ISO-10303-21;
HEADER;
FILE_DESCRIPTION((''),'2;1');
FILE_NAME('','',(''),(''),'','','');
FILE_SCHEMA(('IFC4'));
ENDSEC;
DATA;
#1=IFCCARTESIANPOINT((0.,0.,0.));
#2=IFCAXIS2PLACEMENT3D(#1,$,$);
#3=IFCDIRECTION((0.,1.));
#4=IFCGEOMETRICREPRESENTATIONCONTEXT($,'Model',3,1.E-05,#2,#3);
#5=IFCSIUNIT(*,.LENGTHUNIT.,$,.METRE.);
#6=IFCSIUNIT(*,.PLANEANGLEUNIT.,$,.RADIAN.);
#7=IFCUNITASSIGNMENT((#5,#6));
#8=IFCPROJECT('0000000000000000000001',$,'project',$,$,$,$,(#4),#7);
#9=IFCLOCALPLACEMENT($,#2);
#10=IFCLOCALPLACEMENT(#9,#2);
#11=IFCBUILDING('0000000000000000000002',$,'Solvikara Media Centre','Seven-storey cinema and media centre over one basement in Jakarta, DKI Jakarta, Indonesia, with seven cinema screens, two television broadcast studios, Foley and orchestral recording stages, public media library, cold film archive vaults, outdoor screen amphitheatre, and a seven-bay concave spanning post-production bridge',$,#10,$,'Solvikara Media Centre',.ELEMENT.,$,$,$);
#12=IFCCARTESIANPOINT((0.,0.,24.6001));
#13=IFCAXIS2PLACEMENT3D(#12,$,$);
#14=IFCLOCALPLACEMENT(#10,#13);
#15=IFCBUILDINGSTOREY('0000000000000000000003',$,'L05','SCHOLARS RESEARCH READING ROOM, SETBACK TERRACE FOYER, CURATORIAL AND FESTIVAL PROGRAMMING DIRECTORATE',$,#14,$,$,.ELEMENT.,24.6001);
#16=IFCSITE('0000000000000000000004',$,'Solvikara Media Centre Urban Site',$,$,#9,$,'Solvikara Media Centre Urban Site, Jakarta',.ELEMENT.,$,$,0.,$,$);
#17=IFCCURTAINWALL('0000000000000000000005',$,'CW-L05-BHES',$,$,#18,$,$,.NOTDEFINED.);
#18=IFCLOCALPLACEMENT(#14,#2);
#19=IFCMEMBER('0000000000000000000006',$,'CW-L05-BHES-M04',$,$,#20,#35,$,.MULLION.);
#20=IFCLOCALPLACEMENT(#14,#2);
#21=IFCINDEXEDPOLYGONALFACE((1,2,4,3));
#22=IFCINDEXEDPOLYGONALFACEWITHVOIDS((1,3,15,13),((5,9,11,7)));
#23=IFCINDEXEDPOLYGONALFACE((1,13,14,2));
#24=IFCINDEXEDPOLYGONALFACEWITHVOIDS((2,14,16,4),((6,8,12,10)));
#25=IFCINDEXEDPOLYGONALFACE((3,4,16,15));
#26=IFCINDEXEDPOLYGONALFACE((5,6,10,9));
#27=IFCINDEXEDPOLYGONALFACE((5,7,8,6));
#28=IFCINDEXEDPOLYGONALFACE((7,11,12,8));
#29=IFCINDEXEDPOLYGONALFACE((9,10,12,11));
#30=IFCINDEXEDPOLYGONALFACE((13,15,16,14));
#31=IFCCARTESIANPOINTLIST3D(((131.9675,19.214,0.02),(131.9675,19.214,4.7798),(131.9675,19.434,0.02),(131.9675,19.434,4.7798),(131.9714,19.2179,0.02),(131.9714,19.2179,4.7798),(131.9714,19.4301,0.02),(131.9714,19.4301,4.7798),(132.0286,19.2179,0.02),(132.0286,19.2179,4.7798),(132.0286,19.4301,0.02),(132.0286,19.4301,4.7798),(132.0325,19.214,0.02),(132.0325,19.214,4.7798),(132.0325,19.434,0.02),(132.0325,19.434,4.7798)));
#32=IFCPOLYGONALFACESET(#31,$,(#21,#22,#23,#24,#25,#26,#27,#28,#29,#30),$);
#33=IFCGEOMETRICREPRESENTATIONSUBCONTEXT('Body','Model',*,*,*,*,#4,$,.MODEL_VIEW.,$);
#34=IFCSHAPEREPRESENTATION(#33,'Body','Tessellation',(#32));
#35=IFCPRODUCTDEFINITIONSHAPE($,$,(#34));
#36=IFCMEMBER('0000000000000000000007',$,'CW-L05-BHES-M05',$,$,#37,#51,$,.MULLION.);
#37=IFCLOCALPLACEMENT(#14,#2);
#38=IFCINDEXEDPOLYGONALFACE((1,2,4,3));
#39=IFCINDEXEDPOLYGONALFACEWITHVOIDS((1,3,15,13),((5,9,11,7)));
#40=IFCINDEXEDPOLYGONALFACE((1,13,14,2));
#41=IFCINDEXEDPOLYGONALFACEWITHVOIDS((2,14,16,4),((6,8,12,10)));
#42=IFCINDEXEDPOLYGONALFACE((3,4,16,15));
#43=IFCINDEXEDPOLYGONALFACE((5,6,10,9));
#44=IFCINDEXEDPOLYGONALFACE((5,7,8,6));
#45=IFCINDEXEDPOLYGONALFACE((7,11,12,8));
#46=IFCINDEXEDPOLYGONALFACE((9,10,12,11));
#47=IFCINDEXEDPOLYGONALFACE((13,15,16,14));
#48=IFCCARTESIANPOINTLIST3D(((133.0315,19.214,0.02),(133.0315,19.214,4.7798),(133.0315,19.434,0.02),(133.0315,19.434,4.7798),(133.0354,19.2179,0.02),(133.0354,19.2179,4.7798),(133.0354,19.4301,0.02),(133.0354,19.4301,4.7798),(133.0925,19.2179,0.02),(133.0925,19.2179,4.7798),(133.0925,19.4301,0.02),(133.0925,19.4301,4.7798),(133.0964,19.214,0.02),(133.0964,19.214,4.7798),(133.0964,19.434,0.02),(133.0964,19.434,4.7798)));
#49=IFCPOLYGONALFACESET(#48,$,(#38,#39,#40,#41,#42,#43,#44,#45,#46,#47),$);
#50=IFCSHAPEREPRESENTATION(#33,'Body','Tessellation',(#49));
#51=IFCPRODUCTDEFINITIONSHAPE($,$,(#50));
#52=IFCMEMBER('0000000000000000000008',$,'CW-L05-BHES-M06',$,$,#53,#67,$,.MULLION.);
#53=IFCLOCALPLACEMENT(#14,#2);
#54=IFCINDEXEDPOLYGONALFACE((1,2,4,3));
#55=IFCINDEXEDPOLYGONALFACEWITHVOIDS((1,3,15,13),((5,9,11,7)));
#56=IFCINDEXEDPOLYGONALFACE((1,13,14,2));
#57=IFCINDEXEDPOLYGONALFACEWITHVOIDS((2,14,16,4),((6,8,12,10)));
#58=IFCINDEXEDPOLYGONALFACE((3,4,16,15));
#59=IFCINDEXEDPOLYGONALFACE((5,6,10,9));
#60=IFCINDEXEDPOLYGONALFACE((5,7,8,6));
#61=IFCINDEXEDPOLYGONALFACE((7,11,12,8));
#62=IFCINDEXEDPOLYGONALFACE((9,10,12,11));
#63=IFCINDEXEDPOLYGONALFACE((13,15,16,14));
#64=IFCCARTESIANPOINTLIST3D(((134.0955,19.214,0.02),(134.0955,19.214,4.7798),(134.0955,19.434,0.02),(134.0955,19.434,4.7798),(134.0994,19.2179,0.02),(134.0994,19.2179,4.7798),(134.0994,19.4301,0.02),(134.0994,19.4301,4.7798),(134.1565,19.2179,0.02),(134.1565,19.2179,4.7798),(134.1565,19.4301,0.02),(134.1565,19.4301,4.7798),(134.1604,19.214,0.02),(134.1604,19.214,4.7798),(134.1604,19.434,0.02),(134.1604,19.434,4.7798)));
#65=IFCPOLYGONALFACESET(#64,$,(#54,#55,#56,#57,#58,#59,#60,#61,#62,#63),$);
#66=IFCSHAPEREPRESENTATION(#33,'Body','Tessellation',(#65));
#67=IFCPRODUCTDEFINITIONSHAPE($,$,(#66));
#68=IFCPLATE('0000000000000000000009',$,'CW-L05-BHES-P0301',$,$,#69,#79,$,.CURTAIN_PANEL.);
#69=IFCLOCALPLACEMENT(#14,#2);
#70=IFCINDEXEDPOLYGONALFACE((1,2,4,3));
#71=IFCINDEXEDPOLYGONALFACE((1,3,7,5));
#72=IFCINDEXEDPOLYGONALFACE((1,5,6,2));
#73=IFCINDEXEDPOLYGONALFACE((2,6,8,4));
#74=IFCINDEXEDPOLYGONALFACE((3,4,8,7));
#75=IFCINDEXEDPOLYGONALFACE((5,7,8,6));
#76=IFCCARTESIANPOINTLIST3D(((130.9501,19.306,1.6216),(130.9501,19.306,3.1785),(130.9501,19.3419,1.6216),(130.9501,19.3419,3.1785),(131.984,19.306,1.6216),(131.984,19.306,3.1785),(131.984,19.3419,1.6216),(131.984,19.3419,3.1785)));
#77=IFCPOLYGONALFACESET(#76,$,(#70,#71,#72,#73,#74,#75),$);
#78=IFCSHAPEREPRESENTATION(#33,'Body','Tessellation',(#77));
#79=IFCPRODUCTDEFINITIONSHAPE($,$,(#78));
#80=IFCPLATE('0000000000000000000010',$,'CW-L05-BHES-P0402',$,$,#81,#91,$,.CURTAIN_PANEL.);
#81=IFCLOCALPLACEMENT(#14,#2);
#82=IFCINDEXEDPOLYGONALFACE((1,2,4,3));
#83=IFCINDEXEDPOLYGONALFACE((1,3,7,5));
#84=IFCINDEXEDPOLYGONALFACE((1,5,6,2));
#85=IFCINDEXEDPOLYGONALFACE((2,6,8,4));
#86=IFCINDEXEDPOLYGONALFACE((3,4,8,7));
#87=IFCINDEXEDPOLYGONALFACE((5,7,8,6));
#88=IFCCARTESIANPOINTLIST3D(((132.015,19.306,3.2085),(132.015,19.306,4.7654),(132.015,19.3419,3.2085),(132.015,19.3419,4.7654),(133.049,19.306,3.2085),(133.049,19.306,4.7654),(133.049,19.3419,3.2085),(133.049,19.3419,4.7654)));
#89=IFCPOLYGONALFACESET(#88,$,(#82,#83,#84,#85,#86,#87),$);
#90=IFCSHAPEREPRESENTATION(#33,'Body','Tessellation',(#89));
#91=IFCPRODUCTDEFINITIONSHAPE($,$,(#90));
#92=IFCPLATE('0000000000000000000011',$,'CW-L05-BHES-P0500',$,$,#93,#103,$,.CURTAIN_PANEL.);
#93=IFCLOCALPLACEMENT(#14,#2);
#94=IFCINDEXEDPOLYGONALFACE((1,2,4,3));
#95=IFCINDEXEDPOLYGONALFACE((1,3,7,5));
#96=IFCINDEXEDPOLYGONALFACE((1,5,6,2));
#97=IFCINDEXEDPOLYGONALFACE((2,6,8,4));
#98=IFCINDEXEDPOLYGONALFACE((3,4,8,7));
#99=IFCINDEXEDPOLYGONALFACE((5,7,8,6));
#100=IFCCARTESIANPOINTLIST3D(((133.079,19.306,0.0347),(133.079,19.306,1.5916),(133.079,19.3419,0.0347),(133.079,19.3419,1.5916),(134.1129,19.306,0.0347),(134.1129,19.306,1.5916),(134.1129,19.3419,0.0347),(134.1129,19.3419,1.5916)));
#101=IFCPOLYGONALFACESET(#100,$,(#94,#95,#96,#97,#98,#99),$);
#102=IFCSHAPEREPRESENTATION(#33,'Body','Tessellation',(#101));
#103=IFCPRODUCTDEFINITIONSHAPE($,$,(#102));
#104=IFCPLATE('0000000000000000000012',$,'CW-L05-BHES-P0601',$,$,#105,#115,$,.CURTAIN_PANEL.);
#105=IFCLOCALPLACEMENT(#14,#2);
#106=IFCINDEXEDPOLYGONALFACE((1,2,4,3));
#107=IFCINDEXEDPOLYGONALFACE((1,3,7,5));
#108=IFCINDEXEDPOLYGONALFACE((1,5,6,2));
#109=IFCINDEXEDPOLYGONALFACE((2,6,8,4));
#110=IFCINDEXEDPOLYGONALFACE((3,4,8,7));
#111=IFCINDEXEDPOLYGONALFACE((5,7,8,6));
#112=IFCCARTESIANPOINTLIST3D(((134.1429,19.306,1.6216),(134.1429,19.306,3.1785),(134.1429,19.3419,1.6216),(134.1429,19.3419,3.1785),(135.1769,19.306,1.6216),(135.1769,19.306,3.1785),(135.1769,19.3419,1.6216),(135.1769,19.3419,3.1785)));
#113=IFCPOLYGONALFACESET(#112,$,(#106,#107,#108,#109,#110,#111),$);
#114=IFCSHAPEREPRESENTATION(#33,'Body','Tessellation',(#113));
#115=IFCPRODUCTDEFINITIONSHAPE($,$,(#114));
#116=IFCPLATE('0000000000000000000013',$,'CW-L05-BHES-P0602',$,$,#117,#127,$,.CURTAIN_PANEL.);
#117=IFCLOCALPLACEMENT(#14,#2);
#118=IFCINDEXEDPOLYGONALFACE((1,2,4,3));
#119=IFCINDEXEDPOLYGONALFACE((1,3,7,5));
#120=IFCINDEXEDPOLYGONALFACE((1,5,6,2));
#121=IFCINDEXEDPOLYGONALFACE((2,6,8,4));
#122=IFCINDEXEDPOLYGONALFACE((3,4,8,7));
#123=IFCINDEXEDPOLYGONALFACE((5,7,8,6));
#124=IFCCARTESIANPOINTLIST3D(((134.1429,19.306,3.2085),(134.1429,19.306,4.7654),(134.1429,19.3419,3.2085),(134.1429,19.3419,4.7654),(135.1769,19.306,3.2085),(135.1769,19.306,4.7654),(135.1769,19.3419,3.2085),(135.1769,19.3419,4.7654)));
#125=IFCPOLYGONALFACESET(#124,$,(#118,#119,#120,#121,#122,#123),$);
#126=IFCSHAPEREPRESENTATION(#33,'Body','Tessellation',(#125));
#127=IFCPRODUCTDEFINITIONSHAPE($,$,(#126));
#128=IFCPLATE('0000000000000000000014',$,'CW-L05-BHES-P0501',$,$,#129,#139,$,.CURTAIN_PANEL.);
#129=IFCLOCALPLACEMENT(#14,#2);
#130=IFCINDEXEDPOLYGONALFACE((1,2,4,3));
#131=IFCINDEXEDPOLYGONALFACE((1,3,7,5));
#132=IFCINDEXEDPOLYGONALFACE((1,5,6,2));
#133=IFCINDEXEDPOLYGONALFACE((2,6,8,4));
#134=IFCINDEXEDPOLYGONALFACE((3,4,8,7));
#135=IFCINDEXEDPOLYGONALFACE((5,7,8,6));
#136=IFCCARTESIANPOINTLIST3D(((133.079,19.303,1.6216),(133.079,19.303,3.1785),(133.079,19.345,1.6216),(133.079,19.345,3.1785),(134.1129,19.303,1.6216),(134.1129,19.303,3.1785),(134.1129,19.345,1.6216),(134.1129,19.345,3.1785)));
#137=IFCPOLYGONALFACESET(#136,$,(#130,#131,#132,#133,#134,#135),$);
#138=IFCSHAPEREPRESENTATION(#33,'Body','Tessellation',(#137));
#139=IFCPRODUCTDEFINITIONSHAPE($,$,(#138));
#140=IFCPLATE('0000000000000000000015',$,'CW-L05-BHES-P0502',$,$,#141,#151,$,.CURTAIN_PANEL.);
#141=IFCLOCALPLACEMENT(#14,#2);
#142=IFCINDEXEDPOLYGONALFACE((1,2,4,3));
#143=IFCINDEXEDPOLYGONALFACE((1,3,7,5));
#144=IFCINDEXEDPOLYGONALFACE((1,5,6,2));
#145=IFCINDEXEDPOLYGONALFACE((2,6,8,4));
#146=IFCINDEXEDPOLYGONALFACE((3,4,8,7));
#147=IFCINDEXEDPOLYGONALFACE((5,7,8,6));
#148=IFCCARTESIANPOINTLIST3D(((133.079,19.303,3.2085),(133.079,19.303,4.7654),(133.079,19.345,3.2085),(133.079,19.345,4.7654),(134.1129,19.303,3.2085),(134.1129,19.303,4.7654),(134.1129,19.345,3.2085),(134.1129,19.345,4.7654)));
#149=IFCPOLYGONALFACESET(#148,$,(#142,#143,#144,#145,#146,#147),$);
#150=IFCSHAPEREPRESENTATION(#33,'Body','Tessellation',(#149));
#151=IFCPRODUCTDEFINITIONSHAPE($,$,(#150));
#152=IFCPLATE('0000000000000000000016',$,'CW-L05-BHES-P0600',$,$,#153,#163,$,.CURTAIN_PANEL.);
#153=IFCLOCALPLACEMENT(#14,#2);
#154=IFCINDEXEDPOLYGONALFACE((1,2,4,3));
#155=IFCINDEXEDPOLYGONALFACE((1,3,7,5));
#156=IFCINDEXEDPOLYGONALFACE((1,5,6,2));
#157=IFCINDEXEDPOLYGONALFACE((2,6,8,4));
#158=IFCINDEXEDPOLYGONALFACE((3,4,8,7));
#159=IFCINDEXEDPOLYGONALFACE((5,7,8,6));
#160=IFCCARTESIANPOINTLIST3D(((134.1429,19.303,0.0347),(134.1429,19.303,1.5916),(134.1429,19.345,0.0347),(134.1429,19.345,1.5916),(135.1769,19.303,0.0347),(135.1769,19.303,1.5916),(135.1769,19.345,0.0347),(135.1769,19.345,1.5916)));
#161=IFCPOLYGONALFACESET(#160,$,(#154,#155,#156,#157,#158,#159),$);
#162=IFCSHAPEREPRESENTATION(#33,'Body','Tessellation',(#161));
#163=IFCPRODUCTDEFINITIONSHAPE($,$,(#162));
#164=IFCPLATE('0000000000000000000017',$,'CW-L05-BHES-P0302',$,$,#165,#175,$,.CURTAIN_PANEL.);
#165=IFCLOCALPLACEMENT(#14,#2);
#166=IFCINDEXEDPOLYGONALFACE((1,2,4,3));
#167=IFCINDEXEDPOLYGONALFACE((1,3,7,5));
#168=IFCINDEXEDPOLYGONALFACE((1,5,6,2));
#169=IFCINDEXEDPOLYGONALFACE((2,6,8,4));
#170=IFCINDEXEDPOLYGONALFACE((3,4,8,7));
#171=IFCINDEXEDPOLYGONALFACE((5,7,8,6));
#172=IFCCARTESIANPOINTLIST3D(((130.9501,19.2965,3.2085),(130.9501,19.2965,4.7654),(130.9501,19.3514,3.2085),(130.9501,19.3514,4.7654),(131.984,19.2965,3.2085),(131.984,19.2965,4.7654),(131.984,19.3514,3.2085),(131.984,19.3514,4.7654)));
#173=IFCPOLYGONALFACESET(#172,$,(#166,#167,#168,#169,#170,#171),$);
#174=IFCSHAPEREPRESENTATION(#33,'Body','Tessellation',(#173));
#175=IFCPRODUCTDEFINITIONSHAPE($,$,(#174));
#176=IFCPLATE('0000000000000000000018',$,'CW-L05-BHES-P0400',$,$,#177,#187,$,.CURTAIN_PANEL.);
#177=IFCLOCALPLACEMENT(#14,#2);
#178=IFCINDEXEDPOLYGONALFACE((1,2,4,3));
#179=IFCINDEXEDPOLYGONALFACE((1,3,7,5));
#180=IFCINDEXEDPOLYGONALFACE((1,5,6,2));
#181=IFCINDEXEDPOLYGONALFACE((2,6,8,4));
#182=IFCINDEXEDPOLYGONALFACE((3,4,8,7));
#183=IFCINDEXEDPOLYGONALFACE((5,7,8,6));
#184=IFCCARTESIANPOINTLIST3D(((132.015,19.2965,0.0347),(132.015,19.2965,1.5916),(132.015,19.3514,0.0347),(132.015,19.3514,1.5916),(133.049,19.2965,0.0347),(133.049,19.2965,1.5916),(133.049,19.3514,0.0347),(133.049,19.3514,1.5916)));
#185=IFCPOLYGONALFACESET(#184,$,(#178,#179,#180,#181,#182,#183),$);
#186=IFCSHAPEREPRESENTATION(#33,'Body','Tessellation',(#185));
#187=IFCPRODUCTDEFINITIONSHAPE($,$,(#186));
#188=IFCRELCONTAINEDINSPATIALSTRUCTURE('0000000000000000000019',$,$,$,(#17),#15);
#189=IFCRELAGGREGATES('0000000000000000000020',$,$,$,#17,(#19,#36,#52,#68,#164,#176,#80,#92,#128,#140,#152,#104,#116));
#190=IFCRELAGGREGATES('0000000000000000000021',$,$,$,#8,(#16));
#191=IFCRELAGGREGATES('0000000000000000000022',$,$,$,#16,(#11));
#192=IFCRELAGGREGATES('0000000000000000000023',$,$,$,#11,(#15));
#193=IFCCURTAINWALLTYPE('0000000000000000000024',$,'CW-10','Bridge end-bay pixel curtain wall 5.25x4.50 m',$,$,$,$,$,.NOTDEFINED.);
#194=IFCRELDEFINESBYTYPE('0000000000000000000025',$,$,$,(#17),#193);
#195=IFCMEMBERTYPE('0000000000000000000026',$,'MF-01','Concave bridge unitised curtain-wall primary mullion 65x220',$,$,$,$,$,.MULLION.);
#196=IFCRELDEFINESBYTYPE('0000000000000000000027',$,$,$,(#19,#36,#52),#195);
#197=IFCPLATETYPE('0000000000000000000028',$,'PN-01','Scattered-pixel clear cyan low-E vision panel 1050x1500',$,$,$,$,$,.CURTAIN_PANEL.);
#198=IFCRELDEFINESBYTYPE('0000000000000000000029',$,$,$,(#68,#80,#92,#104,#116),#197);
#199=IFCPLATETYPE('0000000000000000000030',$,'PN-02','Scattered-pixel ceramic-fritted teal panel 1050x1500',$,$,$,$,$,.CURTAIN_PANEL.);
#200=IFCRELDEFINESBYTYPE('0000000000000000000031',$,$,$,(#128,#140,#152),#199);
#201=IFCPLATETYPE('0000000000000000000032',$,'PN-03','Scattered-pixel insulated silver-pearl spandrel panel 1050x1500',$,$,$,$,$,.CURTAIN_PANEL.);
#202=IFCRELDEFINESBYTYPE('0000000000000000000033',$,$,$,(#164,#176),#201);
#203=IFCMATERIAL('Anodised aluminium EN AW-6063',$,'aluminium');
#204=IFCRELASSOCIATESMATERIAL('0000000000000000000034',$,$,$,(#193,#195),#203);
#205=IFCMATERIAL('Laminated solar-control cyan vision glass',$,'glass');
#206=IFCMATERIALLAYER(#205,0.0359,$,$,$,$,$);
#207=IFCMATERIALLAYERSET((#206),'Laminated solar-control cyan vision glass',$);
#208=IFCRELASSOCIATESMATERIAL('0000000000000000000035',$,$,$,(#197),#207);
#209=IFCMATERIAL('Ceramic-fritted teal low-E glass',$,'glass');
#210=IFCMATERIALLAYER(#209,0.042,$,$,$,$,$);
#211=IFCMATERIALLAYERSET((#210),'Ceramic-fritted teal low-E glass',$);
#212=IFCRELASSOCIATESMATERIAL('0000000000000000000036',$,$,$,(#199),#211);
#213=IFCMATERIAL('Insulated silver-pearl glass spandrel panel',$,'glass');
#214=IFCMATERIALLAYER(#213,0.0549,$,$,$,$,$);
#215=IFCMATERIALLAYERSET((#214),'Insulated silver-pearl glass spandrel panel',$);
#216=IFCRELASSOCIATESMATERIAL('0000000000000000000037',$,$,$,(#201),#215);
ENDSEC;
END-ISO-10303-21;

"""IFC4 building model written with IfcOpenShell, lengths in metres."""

from ifc_helpers import new_model, si_unit, direction, frame, origin, origin_2d, place, context, subcontext, project, spatial, rectangle, hollow_rectangle, extrude, material, layer, layer_set, material_profile, profile_set, type_object, element, aggregate, save


model = new_model("IFC4")

# Units and contexts
model_context = context("Model", 3, precision=1e-05, world=origin(), true_north=direction((0.0, 1.0)))
body_context = subcontext(model_context, "Body", "Model", "MODEL_VIEW")
ifc_project = project(units=[si_unit("LENGTHUNIT", "METRE"), si_unit("PLANEANGLEUNIT", "RADIAN")], contexts=[model_context])

# Site, building, storey
site_placement = place(None, origin())
site = spatial("IfcSite", under=ifc_project, at=site_placement, Name="Solvikara Media Centre Urban Site", LongName="Solvikara Media Centre Urban Site, Jakarta", CompositionType="ELEMENT", RefElevation=0.0)
building_placement = place(site_placement, origin())
building = spatial("IfcBuilding", under=site, at=building_placement, Name="Solvikara Media Centre", Description="Seven-storey cinema and media centre over one basement in Jakarta, DKI Jakarta, Indonesia, with seven cinema screens, two television broadcast studios, Foley and orchestral recording stages, public media library, cold film archive vaults, outdoor screen amphitheatre, and a seven-bay concave spanning post-production bridge", LongName="Solvikara Media Centre", CompositionType="ELEMENT")
storey_placement = place(building_placement, frame((0.0, 0.0, 24.6001)))
storey = spatial("IfcBuildingStorey", under=building, at=storey_placement, Name="L05", Description="SCHOLARS RESEARCH READING ROOM, SETBACK TERRACE FOYER, CURATORIAL AND FESTIVAL PROGRAMMING DIRECTORATE", CompositionType="ELEMENT", Elevation=24.6001)

# Curtain wall, members, plates
ifc_material_1 = material(Name="Anodised aluminium EN AW-6063", Category="aluminium")
curtain_wall_type = type_object("IfcCurtainWallType", Name="CW-10", Description="Bridge end-bay pixel curtain wall 5.25x4.50 m", PredefinedType="NOTDEFINED", material=ifc_material_1)
curtain_wall_placement = place(storey_placement, origin())
curtain_wall = element("IfcCurtainWall", 1, at=curtain_wall_placement, inside=storey, type_object=curtain_wall_type, Name="CW-L05-BHES", PredefinedType="NOTDEFINED")
ifc_material_profile = material_profile(ifc_material_1, hollow_rectangle(XDim=0.0649, YDim=0.22, WallThickness=0.0039, at=origin_2d()), Name="ALU-M 65x220x4")
ifc_profile_set = profile_set([ifc_material_profile], Name="Anodised aluminium EN AW-6063")
member_type = type_object("IfcMemberType", Name="MF-01", Description="Concave bridge unitised curtain-wall primary mullion 65x220", PredefinedType="MULLION", material=ifc_profile_set)
member_1_placement = place(storey_placement, frame((132.0, 19.324, 0.02), z_axis=(0.0, 0.0, 1.0), x_axis=(1.0, 0.0, 0.0)))
member_1 = element("IfcMember", 2, at=member_1_placement, type_object=member_type, Name="CW-L05-BHES-M04", PredefinedType="MULLION", context=body_context, shape_type="SweptSolid", body=[
    extrude(hollow_rectangle(XDim=0.0649, YDim=0.22, WallThickness=0.0039, at=origin_2d()), origin(), (0.0, 0.0, 1.0), 4.7598),
])
member_2_placement = place(storey_placement, frame((133.064, 19.324, 0.02), z_axis=(0.0, 0.0, 1.0), x_axis=(1.0, 0.0, 0.0)))
member_2 = element("IfcMember", 3, at=member_2_placement, type_object=member_type, Name="CW-L05-BHES-M05", PredefinedType="MULLION", context=body_context, shape_type="SweptSolid", body=[
    extrude(hollow_rectangle(XDim=0.0649, YDim=0.22, WallThickness=0.0039, at=origin_2d()), origin(), (0.0, 0.0, 1.0), 4.7598),
])
member_3_placement = place(storey_placement, frame((134.1279, 19.324, 0.02), z_axis=(0.0, 0.0, 1.0), x_axis=(1.0, 0.0, 0.0)))
member_3 = element("IfcMember", 4, at=member_3_placement, type_object=member_type, Name="CW-L05-BHES-M06", PredefinedType="MULLION", context=body_context, shape_type="SweptSolid", body=[
    extrude(hollow_rectangle(XDim=0.0649, YDim=0.22, WallThickness=0.0039, at=origin_2d()), origin(), (0.0, 0.0, 1.0), 4.7598),
])
ifc_material_2 = material(Name="Laminated solar-control cyan vision glass", Category="glass")
ifc_layer_1 = layer(ifc_material_2, 0.0359)
ifc_layer_set_1 = layer_set([ifc_layer_1], Name="Laminated solar-control cyan vision glass")
plate_type_1 = type_object("IfcPlateType", Name="PN-01", Description="Scattered-pixel clear cyan low-E vision panel 1050x1500", PredefinedType="CURTAIN_PANEL", material=ifc_layer_set_1)
plate_1_placement = place(storey_placement, frame((131.467, 19.324, 1.6216), z_axis=(0.0, 0.0, 1.0), x_axis=(1.0, 0.0, 0.0)))
plate_1 = element("IfcPlate", 5, at=plate_1_placement, type_object=plate_type_1, Name="CW-L05-BHES-P0301", PredefinedType="CURTAIN_PANEL", context=body_context, shape_type="SweptSolid", body=[
    extrude(rectangle(XDim=1.0339, YDim=0.0359, at=origin_2d()), origin(), (0.0, 0.0, 1.0), 1.5569),
])
plate_2_placement = place(storey_placement, frame((132.532, 19.324, 3.2085), z_axis=(0.0, 0.0, 1.0), x_axis=(1.0, 0.0, 0.0)))
plate_2 = element("IfcPlate", 6, at=plate_2_placement, type_object=plate_type_1, Name="CW-L05-BHES-P0402", PredefinedType="CURTAIN_PANEL", context=body_context, shape_type="SweptSolid", body=[
    extrude(rectangle(XDim=1.0339, YDim=0.0359, at=origin_2d()), origin(), (0.0, 0.0, 1.0), 1.5569),
])
plate_3_placement = place(storey_placement, frame((133.5959, 19.324, 0.0347), z_axis=(0.0, 0.0, 1.0), x_axis=(1.0, 0.0, 0.0)))
plate_3 = element("IfcPlate", 7, at=plate_3_placement, type_object=plate_type_1, Name="CW-L05-BHES-P0500", PredefinedType="CURTAIN_PANEL", context=body_context, shape_type="SweptSolid", body=[
    extrude(rectangle(XDim=1.0339, YDim=0.0359, at=origin_2d()), origin(), (0.0, 0.0, 1.0), 1.5569),
])
plate_4_placement = place(storey_placement, frame((134.6599, 19.324, 1.6216), z_axis=(0.0, 0.0, 1.0), x_axis=(1.0, 0.0, 0.0)))
plate_4 = element("IfcPlate", 8, at=plate_4_placement, type_object=plate_type_1, Name="CW-L05-BHES-P0601", PredefinedType="CURTAIN_PANEL", context=body_context, shape_type="SweptSolid", body=[
    extrude(rectangle(XDim=1.0339, YDim=0.0359, at=origin_2d()), origin(), (0.0, 0.0, 1.0), 1.5569),
])
plate_5_placement = place(storey_placement, frame((134.6599, 19.324, 3.2085), z_axis=(0.0, 0.0, 1.0), x_axis=(1.0, 0.0, 0.0)))
plate_5 = element("IfcPlate", 9, at=plate_5_placement, type_object=plate_type_1, Name="CW-L05-BHES-P0602", PredefinedType="CURTAIN_PANEL", context=body_context, shape_type="SweptSolid", body=[
    extrude(rectangle(XDim=1.0339, YDim=0.0359, at=origin_2d()), origin(), (0.0, 0.0, 1.0), 1.5569),
])
ifc_material_3 = material(Name="Ceramic-fritted teal low-E glass", Category="glass")
ifc_layer_2 = layer(ifc_material_3, 0.042)
ifc_layer_set_2 = layer_set([ifc_layer_2], Name="Ceramic-fritted teal low-E glass")
plate_type_2 = type_object("IfcPlateType", Name="PN-02", Description="Scattered-pixel ceramic-fritted teal panel 1050x1500", PredefinedType="CURTAIN_PANEL", material=ifc_layer_set_2)
plate_6_placement = place(storey_placement, frame((133.5959, 19.324, 1.6216), z_axis=(0.0, 0.0, 1.0), x_axis=(1.0, 0.0, 0.0)))
plate_6 = element("IfcPlate", 10, at=plate_6_placement, type_object=plate_type_2, Name="CW-L05-BHES-P0501", PredefinedType="CURTAIN_PANEL", context=body_context, shape_type="SweptSolid", body=[
    extrude(rectangle(XDim=1.0339, YDim=0.042, at=origin_2d()), origin(), (0.0, 0.0, 1.0), 1.5569),
])
plate_7_placement = place(storey_placement, frame((133.5959, 19.324, 3.2085), z_axis=(0.0, 0.0, 1.0), x_axis=(1.0, 0.0, 0.0)))
plate_7 = element("IfcPlate", 11, at=plate_7_placement, type_object=plate_type_2, Name="CW-L05-BHES-P0502", PredefinedType="CURTAIN_PANEL", context=body_context, shape_type="SweptSolid", body=[
    extrude(rectangle(XDim=1.0339, YDim=0.042, at=origin_2d()), origin(), (0.0, 0.0, 1.0), 1.5569),
])
plate_8_placement = place(storey_placement, frame((134.6599, 19.324, 0.0347), z_axis=(0.0, 0.0, 1.0), x_axis=(1.0, 0.0, 0.0)))
plate_8 = element("IfcPlate", 12, at=plate_8_placement, type_object=plate_type_2, Name="CW-L05-BHES-P0600", PredefinedType="CURTAIN_PANEL", context=body_context, shape_type="SweptSolid", body=[
    extrude(rectangle(XDim=1.0339, YDim=0.042, at=origin_2d()), origin(), (0.0, 0.0, 1.0), 1.5569),
])
ifc_material_4 = material(Name="Insulated silver-pearl glass spandrel panel", Category="glass")
ifc_layer_3 = layer(ifc_material_4, 0.0549)
ifc_layer_set_3 = layer_set([ifc_layer_3], Name="Insulated silver-pearl glass spandrel panel")
plate_type_3 = type_object("IfcPlateType", Name="PN-03", Description="Scattered-pixel insulated silver-pearl spandrel panel 1050x1500", PredefinedType="CURTAIN_PANEL", material=ifc_layer_set_3)
plate_9_placement = place(storey_placement, frame((131.467, 19.324, 3.2085), z_axis=(0.0, 0.0, 1.0), x_axis=(1.0, 0.0, 0.0)))
plate_9 = element("IfcPlate", 13, at=plate_9_placement, type_object=plate_type_3, Name="CW-L05-BHES-P0302", PredefinedType="CURTAIN_PANEL", context=body_context, shape_type="SweptSolid", body=[
    extrude(rectangle(XDim=1.0339, YDim=0.0549, at=origin_2d()), origin(), (0.0, 0.0, 1.0), 1.5569),
])
plate_10_placement = place(storey_placement, frame((132.532, 19.324, 0.0347), z_axis=(0.0, 0.0, 1.0), x_axis=(1.0, 0.0, 0.0)))
plate_10 = element("IfcPlate", 14, at=plate_10_placement, type_object=plate_type_3, Name="CW-L05-BHES-P0400", PredefinedType="CURTAIN_PANEL", context=body_context, shape_type="SweptSolid", body=[
    extrude(rectangle(XDim=1.0339, YDim=0.0549, at=origin_2d()), origin(), (0.0, 0.0, 1.0), 1.5569),
])
aggregate(curtain_wall, [member_1, member_2, member_3, plate_1, plate_9, plate_10, plate_2, plate_3, plate_6, plate_7, plate_8, plate_4, plate_5])

save(model, "model.ifc")
